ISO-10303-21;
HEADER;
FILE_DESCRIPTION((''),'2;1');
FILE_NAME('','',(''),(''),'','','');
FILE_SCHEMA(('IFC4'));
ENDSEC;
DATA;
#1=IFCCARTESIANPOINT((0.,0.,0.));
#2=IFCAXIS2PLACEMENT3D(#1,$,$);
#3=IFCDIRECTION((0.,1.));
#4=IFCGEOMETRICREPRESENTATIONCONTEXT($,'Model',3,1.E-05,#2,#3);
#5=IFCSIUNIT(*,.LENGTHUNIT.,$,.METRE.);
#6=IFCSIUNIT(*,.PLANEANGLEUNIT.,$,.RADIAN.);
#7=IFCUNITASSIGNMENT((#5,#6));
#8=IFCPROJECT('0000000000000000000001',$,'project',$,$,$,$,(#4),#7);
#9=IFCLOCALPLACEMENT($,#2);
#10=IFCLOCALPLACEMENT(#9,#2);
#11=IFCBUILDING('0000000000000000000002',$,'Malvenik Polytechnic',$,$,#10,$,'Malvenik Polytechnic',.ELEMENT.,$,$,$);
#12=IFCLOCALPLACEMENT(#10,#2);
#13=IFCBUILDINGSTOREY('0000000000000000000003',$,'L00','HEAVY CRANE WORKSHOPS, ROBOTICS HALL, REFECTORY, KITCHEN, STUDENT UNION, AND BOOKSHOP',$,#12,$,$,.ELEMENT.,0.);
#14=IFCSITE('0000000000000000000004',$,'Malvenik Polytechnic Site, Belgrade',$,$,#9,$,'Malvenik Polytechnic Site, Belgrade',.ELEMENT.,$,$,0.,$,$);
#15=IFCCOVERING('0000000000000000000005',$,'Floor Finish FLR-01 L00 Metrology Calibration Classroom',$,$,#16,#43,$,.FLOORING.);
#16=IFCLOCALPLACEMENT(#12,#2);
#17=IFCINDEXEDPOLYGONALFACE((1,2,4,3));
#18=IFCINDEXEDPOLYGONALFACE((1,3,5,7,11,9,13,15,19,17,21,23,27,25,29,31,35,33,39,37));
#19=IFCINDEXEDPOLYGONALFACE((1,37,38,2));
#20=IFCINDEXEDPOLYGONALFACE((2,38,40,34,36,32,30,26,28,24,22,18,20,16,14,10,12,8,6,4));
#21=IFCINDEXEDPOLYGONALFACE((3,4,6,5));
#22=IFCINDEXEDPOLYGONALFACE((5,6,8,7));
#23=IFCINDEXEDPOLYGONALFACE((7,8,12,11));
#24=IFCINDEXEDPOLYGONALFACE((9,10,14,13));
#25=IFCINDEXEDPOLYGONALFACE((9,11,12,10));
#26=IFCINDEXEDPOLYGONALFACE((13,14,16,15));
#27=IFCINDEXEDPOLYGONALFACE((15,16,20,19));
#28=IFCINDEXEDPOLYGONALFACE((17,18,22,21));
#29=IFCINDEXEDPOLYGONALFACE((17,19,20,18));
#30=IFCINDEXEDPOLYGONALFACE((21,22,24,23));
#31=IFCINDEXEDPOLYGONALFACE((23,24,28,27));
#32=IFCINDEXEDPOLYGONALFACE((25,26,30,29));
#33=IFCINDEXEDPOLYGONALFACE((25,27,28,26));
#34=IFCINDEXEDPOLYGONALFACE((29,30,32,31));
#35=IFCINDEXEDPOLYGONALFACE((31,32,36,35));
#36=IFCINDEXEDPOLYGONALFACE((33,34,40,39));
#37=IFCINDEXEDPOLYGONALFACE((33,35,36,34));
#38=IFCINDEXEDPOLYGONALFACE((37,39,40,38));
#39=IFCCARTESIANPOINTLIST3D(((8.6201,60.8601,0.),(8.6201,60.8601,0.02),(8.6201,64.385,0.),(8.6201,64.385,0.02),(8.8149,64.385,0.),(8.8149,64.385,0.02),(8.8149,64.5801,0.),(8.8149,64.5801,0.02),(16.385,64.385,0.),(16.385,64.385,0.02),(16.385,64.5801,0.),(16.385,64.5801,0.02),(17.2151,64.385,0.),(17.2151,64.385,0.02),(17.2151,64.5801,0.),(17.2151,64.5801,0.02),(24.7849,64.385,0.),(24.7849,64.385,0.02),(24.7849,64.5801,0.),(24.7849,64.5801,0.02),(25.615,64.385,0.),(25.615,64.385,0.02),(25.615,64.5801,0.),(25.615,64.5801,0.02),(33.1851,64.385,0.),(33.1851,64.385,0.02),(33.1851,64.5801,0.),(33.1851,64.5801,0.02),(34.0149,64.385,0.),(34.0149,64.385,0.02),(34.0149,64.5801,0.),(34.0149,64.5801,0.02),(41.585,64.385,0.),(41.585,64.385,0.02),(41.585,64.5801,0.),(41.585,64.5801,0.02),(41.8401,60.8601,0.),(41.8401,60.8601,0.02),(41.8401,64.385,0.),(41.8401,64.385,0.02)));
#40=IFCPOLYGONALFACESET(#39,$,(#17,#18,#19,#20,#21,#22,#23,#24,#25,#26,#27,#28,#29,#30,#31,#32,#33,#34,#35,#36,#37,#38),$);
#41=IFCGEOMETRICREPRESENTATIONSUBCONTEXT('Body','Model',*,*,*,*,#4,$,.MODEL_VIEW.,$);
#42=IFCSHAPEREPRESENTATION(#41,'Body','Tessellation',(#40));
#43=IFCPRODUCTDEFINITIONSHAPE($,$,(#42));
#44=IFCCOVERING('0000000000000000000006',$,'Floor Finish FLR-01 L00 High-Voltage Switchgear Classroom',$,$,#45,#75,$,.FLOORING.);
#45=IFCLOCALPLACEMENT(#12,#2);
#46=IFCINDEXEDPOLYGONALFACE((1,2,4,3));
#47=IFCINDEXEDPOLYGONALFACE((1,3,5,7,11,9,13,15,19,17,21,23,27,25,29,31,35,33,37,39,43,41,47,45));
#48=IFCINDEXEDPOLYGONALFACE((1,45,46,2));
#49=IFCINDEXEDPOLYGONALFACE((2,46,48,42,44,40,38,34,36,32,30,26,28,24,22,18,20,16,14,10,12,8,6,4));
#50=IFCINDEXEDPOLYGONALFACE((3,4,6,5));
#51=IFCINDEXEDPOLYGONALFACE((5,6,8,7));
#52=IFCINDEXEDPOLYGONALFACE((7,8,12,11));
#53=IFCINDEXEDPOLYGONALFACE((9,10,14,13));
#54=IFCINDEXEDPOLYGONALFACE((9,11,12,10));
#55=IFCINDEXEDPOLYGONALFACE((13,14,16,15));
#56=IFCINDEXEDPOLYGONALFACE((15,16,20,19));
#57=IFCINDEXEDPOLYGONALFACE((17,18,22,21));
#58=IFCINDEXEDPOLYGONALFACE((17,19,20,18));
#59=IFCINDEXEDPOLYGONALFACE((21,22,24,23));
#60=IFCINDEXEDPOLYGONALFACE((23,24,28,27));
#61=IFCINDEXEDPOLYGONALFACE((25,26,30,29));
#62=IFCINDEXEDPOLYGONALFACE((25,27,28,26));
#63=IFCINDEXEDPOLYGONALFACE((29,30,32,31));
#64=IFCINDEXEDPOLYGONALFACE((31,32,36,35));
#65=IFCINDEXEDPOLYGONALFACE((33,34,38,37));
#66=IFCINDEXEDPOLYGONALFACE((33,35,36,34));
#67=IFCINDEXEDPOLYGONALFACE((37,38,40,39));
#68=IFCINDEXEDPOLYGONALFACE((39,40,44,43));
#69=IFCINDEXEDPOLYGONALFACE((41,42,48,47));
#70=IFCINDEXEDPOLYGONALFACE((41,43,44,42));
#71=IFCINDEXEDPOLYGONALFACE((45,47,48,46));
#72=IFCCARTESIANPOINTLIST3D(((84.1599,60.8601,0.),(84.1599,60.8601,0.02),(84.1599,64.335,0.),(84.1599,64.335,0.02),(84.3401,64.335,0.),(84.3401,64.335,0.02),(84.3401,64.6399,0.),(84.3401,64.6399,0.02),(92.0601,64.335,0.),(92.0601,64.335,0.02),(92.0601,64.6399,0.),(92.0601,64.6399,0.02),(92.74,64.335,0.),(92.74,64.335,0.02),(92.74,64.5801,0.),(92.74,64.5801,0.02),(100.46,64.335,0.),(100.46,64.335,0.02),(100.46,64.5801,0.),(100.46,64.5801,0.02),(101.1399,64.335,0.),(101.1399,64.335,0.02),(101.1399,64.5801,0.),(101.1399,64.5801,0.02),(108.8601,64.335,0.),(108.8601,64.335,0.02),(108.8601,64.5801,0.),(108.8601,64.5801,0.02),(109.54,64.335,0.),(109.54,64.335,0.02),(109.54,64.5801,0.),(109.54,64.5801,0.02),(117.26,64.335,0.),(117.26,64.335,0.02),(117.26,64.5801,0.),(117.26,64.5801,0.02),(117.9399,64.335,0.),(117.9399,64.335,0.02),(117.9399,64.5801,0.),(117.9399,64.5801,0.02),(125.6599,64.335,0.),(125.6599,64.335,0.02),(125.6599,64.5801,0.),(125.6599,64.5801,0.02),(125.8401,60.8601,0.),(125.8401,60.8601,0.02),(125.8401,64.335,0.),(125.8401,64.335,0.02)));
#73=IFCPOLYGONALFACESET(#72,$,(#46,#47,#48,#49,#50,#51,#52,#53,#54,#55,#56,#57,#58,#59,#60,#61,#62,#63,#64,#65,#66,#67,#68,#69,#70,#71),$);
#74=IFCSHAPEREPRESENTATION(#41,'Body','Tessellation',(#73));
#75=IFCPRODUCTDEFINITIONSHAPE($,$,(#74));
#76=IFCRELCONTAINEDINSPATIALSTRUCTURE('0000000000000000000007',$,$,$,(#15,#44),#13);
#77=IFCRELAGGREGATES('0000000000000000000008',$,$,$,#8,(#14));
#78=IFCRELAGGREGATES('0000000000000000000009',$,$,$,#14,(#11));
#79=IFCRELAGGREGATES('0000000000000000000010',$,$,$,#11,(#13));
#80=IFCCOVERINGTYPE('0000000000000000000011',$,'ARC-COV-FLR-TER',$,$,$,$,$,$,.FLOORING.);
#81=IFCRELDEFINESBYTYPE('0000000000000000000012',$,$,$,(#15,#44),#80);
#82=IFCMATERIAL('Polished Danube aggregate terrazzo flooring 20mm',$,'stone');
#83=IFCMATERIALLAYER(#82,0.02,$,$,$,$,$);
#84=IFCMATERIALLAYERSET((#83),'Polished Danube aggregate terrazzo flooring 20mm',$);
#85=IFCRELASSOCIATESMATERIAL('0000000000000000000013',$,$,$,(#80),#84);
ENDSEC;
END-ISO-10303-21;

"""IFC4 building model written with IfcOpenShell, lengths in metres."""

from ifc_helpers import new_model, si_unit, direction, origin, place, context, subcontext, project, spatial, polyline, outline, extrude, material, layer, layer_set, type_object, element, save


model = new_model("IFC4")

# Units and contexts
model_context = context("Model", 3, precision=1e-05, world=origin(), true_north=direction((0.0, 1.0)))
body_context = subcontext(model_context, "Body", "Model", "MODEL_VIEW")
ifc_project = project(units=[si_unit("LENGTHUNIT", "METRE"), si_unit("PLANEANGLEUNIT", "RADIAN")], contexts=[model_context])

# Site, building, storey
site_placement = place(None, origin())
site = spatial("IfcSite", under=ifc_project, at=site_placement, Name="Malvenik Polytechnic Site, Belgrade", LongName="Malvenik Polytechnic Site, Belgrade", CompositionType="ELEMENT", RefElevation=0.0)
building_placement = place(site_placement, origin())
building = spatial("IfcBuilding", under=site, at=building_placement, Name="Malvenik Polytechnic", LongName="Malvenik Polytechnic", CompositionType="ELEMENT")
storey_placement = place(building_placement, origin())
storey = spatial("IfcBuildingStorey", under=building, at=storey_placement, Name="L00", Description="HEAVY CRANE WORKSHOPS, ROBOTICS HALL, REFECTORY, KITCHEN, STUDENT UNION, AND BOOKSHOP", CompositionType="ELEMENT", Elevation=0.0)

# Coverings
ifc_material_1 = material(Name="Polished Danube aggregate terrazzo flooring 20mm", Category="stone")
ifc_layer_1 = layer(ifc_material_1, 0.02)
ifc_layer_set_1 = layer_set([ifc_layer_1], Name="Polished Danube aggregate terrazzo flooring 20mm")
covering_type_1 = type_object("IfcCoveringType", Name="ARC-COV-FLR-TER", PredefinedType="FLOORING", material=ifc_layer_set_1)
covering_1_placement = place(storey_placement, origin())
element("IfcCovering", 1, at=covering_1_placement, inside=storey, type_object=covering_type_1, Name="Floor Finish FLR-01 L00 Metrology Calibration Classroom", PredefinedType="FLOORING", context=body_context, shape_type="SweptSolid", body=[
    extrude(outline(polyline([(8.6201, 64.385), (8.8149, 64.385), (8.8149, 64.5801), (16.385, 64.5801), (16.385, 64.385), (17.2151, 64.385), (17.2151, 64.5801), (24.7849, 64.5801), (24.7849, 64.385), (25.615, 64.385), (25.615, 64.5801), (33.1851, 64.5801), (33.1851, 64.385), (34.0149, 64.385), (34.0149, 64.5801), (41.585, 64.5801), (41.585, 64.385), (41.8401, 64.385), (41.8401, 60.8601), (8.6201, 60.8601), (8.6201, 64.385)])), origin(), (0.0, 0.0, 1.0), 0.02),
])
covering_2_placement = place(storey_placement, origin())
element("IfcCovering", 2, at=covering_2_placement, inside=storey, type_object=covering_type_1, Name="Floor Finish FLR-01 L00 High-Voltage Switchgear Classroom", PredefinedType="FLOORING", context=body_context, shape_type="SweptSolid", body=[
    extrude(outline(polyline([(92.0601, 64.335), (92.74, 64.335), (92.74, 64.5801), (100.46, 64.5801), (100.46, 64.335), (101.1399, 64.335), (101.1399, 64.5801), (108.8601, 64.5801), (108.8601, 64.335), (109.54, 64.335), (109.54, 64.5801), (117.26, 64.5801), (117.26, 64.335), (117.9399, 64.335), (117.9399, 64.5801), (125.6599, 64.5801), (125.6599, 64.335), (125.8401, 64.335), (125.8401, 60.8601), (84.1599, 60.8601), (84.1599, 64.335), (84.3401, 64.335), (84.3401, 64.6399), (92.0601, 64.6399), (92.0601, 64.335)])), origin(), (0.0, 0.0, 1.0), 0.02),
])

save(model, "model.ifc")
